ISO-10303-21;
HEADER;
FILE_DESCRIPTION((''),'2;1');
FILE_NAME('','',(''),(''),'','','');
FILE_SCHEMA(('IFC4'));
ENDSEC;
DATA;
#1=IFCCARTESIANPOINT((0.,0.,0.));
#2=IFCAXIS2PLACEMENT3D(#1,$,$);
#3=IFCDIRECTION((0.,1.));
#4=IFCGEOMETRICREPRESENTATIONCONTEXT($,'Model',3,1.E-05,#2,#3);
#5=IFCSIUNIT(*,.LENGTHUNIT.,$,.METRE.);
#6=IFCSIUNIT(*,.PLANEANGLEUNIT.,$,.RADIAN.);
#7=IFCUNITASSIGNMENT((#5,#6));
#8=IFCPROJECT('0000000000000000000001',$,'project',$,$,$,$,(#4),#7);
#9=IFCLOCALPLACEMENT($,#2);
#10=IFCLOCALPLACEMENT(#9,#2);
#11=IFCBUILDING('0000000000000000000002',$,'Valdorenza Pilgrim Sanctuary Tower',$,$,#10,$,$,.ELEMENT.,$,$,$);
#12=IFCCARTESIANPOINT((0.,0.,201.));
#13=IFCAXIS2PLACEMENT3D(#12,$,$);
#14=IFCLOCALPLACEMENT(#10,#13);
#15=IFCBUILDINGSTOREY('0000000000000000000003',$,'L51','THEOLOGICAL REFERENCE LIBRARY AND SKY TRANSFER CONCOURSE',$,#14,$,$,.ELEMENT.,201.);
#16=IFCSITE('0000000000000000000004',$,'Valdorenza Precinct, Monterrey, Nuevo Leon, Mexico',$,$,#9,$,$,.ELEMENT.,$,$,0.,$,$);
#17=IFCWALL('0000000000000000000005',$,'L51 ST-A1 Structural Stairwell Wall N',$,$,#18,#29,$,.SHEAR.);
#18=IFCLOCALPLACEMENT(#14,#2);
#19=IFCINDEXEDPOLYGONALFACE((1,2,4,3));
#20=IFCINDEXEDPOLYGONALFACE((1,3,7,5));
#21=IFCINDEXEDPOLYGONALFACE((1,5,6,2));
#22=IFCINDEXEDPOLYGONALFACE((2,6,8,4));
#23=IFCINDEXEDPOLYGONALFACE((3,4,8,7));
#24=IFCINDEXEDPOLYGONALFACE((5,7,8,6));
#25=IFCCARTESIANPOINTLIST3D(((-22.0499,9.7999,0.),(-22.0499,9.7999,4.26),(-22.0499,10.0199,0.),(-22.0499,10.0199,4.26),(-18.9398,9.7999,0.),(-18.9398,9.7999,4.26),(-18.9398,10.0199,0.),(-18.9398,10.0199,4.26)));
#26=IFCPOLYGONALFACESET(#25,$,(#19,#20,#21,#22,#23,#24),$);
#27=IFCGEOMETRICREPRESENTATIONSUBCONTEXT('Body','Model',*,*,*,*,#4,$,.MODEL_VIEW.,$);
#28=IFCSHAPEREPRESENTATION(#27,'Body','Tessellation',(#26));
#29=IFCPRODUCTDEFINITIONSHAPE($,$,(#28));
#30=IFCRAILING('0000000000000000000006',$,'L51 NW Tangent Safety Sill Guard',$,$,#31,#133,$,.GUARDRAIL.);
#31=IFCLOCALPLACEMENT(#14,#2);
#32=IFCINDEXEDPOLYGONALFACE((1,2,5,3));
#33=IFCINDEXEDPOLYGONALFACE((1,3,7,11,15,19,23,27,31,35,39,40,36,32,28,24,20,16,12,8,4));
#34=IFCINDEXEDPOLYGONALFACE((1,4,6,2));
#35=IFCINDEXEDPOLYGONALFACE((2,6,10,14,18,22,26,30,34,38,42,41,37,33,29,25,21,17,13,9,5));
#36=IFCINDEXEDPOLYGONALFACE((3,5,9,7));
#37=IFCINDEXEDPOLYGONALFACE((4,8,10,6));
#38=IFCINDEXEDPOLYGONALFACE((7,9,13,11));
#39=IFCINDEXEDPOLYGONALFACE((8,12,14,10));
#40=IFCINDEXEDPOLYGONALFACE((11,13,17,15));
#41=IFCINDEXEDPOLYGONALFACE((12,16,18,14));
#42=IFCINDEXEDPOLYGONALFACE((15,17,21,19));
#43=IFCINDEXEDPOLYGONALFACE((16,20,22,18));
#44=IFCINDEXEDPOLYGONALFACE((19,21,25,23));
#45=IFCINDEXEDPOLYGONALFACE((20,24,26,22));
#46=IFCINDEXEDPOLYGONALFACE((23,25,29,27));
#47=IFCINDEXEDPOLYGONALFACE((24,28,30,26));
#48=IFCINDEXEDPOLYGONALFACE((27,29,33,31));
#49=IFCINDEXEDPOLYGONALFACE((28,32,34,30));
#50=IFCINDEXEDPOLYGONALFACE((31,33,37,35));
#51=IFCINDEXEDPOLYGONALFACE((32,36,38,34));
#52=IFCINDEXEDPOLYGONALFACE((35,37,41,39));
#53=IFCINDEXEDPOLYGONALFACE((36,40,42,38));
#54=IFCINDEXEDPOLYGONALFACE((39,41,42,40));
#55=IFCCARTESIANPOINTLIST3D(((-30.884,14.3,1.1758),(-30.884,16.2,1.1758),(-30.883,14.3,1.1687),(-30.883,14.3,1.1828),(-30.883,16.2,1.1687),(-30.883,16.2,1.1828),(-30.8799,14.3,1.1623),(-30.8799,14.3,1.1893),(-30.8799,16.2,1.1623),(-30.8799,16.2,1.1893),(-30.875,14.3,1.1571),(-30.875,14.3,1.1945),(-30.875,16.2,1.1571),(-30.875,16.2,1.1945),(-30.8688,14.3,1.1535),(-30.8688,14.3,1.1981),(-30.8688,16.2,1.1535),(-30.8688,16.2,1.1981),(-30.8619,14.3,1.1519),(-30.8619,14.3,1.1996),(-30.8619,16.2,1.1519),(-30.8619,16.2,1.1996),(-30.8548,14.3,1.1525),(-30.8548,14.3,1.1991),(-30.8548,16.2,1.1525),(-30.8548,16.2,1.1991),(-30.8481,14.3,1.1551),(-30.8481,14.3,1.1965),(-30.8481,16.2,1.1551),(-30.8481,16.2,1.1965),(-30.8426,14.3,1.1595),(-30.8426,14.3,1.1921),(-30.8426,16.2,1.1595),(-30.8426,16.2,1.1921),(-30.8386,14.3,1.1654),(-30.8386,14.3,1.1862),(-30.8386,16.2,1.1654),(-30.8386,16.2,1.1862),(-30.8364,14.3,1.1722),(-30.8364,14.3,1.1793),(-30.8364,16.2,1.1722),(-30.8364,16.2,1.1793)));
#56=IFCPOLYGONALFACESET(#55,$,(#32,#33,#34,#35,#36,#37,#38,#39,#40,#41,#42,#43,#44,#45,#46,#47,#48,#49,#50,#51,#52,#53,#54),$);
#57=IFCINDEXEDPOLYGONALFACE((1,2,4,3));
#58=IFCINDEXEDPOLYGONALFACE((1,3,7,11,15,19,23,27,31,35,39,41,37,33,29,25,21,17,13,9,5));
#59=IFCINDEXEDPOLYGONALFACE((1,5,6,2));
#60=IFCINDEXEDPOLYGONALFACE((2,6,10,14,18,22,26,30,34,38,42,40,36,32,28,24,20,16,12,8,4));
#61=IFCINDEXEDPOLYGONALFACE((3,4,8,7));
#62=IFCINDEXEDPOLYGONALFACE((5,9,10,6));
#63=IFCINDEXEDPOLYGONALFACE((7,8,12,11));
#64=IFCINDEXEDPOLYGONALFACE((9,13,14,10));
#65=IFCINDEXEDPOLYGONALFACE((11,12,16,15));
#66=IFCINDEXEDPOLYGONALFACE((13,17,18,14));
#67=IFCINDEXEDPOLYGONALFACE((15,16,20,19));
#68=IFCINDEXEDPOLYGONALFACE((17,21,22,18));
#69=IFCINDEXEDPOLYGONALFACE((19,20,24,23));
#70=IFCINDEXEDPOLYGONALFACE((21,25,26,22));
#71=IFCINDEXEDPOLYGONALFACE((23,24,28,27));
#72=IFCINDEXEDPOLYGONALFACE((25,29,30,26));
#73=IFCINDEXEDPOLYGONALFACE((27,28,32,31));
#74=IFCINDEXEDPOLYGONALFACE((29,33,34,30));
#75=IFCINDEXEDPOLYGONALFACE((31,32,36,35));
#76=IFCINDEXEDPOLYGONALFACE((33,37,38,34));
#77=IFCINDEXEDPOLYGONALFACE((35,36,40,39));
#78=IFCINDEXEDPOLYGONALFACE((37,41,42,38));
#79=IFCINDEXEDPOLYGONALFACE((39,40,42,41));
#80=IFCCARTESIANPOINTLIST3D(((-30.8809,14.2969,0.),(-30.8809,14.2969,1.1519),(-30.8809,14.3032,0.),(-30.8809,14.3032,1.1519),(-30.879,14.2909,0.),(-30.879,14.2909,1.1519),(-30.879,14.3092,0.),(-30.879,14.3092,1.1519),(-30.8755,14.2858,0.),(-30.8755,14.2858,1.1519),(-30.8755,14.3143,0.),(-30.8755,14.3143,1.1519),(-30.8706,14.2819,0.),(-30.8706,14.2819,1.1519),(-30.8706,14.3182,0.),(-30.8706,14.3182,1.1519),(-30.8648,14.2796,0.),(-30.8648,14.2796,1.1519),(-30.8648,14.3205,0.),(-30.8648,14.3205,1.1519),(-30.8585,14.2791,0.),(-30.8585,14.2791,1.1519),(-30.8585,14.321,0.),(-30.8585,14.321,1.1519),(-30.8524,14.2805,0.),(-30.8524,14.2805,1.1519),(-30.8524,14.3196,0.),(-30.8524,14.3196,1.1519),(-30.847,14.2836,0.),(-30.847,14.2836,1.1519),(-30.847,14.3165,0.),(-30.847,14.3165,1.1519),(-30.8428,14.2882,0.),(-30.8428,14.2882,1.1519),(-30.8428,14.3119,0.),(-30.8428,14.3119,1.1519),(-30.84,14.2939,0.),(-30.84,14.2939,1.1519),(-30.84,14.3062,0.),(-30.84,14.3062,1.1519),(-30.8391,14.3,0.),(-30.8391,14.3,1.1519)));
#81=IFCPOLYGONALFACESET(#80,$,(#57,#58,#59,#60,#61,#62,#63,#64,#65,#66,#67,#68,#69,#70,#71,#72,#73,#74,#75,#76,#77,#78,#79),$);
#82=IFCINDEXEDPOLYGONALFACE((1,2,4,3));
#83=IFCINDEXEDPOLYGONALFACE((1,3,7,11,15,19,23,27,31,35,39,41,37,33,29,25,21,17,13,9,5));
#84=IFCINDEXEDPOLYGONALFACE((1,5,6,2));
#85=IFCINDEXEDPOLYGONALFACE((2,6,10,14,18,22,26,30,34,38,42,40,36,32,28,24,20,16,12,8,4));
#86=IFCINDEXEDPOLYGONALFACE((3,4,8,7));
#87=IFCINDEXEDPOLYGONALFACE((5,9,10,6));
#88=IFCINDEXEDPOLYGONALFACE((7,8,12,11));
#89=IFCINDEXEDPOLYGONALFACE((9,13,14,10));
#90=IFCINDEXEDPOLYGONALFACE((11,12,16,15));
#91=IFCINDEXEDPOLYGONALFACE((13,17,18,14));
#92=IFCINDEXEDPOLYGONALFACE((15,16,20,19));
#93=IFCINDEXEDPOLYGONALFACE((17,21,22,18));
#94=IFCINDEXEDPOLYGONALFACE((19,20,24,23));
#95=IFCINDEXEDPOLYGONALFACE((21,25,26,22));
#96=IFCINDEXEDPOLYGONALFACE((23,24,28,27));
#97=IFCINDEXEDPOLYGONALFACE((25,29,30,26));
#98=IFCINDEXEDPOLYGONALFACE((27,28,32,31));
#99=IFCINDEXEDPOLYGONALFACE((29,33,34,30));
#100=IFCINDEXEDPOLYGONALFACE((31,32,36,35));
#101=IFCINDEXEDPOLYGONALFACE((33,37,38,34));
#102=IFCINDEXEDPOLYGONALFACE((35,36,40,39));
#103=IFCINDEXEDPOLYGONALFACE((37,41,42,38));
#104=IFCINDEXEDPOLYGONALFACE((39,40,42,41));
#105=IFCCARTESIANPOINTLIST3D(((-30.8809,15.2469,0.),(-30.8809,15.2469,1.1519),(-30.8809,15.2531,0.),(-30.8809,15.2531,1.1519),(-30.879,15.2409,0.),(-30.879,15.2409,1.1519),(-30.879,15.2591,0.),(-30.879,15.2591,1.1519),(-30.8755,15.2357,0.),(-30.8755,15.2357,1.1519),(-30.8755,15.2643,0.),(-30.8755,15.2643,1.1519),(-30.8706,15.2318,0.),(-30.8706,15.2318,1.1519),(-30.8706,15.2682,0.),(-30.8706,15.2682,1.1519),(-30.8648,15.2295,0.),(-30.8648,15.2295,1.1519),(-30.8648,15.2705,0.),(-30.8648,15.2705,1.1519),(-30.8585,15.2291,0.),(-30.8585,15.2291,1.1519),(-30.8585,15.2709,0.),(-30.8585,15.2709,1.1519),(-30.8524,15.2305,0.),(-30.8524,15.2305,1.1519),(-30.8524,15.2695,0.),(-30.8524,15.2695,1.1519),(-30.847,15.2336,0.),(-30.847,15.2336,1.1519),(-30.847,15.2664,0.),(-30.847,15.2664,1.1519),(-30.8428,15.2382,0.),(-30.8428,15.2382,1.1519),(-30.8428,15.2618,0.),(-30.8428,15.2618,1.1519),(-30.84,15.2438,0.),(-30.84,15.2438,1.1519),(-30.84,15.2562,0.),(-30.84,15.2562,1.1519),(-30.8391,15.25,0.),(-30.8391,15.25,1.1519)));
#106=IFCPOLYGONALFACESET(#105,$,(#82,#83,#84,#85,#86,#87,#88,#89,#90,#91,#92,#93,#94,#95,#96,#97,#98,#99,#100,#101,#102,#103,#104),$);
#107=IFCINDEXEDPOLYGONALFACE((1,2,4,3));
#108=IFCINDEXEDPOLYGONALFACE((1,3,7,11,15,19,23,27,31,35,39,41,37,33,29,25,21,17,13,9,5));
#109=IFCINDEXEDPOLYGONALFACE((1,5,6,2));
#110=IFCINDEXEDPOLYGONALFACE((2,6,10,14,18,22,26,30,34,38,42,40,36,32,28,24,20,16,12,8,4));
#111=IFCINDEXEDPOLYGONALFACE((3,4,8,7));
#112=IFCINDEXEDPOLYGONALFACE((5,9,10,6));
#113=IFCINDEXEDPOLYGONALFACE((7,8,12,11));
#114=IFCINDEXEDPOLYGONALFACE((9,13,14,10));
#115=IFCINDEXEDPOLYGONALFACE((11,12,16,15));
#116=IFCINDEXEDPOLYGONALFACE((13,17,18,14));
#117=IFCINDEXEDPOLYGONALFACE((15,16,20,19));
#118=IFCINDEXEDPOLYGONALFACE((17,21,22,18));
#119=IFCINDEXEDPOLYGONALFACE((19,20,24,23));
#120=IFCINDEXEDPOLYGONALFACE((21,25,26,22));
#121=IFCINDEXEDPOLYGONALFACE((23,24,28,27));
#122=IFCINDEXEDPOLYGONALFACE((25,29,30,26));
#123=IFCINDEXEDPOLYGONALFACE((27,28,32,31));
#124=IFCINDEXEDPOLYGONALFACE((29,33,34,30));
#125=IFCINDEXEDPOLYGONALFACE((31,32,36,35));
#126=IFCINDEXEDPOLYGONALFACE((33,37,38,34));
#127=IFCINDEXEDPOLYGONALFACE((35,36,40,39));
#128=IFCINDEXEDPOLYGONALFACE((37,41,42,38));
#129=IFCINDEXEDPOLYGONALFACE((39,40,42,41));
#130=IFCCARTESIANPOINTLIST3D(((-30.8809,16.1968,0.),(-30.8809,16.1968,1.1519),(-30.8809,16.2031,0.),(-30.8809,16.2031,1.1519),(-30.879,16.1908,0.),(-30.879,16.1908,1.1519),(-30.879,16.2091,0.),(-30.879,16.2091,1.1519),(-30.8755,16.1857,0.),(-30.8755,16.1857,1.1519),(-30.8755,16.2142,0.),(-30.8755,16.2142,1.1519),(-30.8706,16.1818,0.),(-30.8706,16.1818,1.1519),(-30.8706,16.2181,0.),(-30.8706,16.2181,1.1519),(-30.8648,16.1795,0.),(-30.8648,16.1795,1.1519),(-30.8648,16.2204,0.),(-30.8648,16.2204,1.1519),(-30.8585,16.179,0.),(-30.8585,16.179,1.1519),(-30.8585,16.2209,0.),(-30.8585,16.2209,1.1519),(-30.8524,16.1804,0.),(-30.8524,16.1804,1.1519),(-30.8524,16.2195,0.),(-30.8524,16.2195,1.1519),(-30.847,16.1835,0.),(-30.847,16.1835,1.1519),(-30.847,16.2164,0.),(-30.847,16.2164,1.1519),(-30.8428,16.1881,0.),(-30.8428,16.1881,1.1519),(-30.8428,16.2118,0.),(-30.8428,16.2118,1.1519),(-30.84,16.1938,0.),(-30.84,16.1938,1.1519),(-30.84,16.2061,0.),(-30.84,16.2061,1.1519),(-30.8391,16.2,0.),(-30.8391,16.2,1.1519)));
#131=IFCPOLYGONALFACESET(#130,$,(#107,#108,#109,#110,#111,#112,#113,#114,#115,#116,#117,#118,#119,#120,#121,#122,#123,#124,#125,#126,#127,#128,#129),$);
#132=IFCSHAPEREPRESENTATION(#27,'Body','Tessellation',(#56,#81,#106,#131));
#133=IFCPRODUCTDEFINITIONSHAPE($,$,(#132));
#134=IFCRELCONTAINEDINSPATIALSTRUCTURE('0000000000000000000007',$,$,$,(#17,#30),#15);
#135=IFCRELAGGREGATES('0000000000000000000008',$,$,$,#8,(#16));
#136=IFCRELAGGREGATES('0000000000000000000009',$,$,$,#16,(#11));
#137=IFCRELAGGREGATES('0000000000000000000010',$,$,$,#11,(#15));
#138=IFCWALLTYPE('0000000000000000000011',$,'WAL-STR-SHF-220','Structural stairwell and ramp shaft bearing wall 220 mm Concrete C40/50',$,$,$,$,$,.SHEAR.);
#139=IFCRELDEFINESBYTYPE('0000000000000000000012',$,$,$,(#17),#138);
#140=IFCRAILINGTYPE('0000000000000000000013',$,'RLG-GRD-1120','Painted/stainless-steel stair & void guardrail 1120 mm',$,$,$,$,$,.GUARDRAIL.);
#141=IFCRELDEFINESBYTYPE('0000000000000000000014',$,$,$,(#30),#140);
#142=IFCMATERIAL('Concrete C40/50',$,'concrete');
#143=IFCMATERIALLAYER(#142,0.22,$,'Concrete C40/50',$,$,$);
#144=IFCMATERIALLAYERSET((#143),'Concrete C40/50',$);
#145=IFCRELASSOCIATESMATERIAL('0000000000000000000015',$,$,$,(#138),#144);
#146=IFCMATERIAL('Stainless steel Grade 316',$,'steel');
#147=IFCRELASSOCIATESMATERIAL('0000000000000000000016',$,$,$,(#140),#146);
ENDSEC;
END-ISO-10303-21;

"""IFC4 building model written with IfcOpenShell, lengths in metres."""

from ifc_helpers import new_model, si_unit, direction, frame, frame_2d, origin, origin_2d, place, context, subcontext, project, spatial, rectangle, circle, extrude, material, layer, layer_set, type_object, element, save


model = new_model("IFC4")

# Units and contexts
model_context = context("Model", 3, precision=1e-05, world=origin(), true_north=direction((0.0, 1.0)))
body_context = subcontext(model_context, "Body", "Model", "MODEL_VIEW")
ifc_project = project(units=[si_unit("LENGTHUNIT", "METRE"), si_unit("PLANEANGLEUNIT", "RADIAN")], contexts=[model_context])

# Site, building, storey
site_placement = place(None, origin())
site = spatial("IfcSite", under=ifc_project, at=site_placement, Name="Valdorenza Precinct, Monterrey, Nuevo Leon, Mexico", CompositionType="ELEMENT", RefElevation=0.0)
building_placement = place(site_placement, origin())
building = spatial("IfcBuilding", under=site, at=building_placement, Name="Valdorenza Pilgrim Sanctuary Tower", CompositionType="ELEMENT")
storey_placement = place(building_placement, frame((0.0, 0.0, 201.0)))
storey = spatial("IfcBuildingStorey", under=building, at=storey_placement, Name="L51", Description="THEOLOGICAL REFERENCE LIBRARY AND SKY TRANSFER CONCOURSE", CompositionType="ELEMENT", Elevation=201.0)

# Wall
ifc_material_1 = material(Name="Concrete C40/50", Category="concrete")
ifc_layer_1 = layer(ifc_material_1, 0.22, Name="Concrete C40/50")
ifc_layer_set_1 = layer_set([ifc_layer_1], Name="Concrete C40/50")
wall_type_1 = type_object("IfcWallType", Name="WAL-STR-SHF-220", Description="Structural stairwell and ramp shaft bearing wall 220 mm Concrete C40/50", PredefinedType="SHEAR", material=ifc_layer_set_1)
wall_1_placement = place(storey_placement, frame((-22.05, 9.9099, 0.0), z_axis=(0.0, 0.0, 1.0), x_axis=(1.0, 0.0, 0.0)))
element("IfcWall", 1, at=wall_1_placement, inside=storey, type_object=wall_type_1, Name="L51 ST-A1 Structural Stairwell Wall N", PredefinedType="SHEAR", context=body_context, shape_type="SweptSolid", body=[
    extrude(rectangle(XDim=3.1101, YDim=0.22, at=frame_2d((1.5552, 0.0))), origin(), (0.0, 0.0, 1.0), 4.26),
])

# Railing
ifc_material_2 = material(Name="Stainless steel Grade 316", Category="steel")
railing_type = type_object("IfcRailingType", Name="RLG-GRD-1120", Description="Painted/stainless-steel stair & void guardrail 1120 mm", PredefinedType="GUARDRAIL", material=ifc_material_2)
railing_placement = place(storey_placement, frame((-30.8601, 14.3, 0.0)))
element("IfcRailing", 2, at=railing_placement, inside=storey, type_object=railing_type, Name="L51 NW Tangent Safety Sill Guard", PredefinedType="GUARDRAIL", context=body_context, shape_type="SweptSolid", body=[
    extrude(circle(Radius=0.0239, at=origin_2d()), frame((0.0, 0.0, 1.1758), z_axis=(0.0, 1.0, 0.0), x_axis=(-1.0, 0.0, 0.0)), (0.0, 0.0, 1.0), 1.8999),
    extrude(circle(Radius=0.021, at=origin_2d()), origin(), (0.0, 0.0, 1.0), 1.1519),
    extrude(circle(Radius=0.021, at=origin_2d()), frame((0.0, 0.95, 0.0)), (0.0, 0.0, 1.0), 1.1519),
    extrude(circle(Radius=0.021, at=origin_2d()), frame((0.0, 1.8999, 0.0)), (0.0, 0.0, 1.0), 1.1519),
])

save(model, "model.ifc")
